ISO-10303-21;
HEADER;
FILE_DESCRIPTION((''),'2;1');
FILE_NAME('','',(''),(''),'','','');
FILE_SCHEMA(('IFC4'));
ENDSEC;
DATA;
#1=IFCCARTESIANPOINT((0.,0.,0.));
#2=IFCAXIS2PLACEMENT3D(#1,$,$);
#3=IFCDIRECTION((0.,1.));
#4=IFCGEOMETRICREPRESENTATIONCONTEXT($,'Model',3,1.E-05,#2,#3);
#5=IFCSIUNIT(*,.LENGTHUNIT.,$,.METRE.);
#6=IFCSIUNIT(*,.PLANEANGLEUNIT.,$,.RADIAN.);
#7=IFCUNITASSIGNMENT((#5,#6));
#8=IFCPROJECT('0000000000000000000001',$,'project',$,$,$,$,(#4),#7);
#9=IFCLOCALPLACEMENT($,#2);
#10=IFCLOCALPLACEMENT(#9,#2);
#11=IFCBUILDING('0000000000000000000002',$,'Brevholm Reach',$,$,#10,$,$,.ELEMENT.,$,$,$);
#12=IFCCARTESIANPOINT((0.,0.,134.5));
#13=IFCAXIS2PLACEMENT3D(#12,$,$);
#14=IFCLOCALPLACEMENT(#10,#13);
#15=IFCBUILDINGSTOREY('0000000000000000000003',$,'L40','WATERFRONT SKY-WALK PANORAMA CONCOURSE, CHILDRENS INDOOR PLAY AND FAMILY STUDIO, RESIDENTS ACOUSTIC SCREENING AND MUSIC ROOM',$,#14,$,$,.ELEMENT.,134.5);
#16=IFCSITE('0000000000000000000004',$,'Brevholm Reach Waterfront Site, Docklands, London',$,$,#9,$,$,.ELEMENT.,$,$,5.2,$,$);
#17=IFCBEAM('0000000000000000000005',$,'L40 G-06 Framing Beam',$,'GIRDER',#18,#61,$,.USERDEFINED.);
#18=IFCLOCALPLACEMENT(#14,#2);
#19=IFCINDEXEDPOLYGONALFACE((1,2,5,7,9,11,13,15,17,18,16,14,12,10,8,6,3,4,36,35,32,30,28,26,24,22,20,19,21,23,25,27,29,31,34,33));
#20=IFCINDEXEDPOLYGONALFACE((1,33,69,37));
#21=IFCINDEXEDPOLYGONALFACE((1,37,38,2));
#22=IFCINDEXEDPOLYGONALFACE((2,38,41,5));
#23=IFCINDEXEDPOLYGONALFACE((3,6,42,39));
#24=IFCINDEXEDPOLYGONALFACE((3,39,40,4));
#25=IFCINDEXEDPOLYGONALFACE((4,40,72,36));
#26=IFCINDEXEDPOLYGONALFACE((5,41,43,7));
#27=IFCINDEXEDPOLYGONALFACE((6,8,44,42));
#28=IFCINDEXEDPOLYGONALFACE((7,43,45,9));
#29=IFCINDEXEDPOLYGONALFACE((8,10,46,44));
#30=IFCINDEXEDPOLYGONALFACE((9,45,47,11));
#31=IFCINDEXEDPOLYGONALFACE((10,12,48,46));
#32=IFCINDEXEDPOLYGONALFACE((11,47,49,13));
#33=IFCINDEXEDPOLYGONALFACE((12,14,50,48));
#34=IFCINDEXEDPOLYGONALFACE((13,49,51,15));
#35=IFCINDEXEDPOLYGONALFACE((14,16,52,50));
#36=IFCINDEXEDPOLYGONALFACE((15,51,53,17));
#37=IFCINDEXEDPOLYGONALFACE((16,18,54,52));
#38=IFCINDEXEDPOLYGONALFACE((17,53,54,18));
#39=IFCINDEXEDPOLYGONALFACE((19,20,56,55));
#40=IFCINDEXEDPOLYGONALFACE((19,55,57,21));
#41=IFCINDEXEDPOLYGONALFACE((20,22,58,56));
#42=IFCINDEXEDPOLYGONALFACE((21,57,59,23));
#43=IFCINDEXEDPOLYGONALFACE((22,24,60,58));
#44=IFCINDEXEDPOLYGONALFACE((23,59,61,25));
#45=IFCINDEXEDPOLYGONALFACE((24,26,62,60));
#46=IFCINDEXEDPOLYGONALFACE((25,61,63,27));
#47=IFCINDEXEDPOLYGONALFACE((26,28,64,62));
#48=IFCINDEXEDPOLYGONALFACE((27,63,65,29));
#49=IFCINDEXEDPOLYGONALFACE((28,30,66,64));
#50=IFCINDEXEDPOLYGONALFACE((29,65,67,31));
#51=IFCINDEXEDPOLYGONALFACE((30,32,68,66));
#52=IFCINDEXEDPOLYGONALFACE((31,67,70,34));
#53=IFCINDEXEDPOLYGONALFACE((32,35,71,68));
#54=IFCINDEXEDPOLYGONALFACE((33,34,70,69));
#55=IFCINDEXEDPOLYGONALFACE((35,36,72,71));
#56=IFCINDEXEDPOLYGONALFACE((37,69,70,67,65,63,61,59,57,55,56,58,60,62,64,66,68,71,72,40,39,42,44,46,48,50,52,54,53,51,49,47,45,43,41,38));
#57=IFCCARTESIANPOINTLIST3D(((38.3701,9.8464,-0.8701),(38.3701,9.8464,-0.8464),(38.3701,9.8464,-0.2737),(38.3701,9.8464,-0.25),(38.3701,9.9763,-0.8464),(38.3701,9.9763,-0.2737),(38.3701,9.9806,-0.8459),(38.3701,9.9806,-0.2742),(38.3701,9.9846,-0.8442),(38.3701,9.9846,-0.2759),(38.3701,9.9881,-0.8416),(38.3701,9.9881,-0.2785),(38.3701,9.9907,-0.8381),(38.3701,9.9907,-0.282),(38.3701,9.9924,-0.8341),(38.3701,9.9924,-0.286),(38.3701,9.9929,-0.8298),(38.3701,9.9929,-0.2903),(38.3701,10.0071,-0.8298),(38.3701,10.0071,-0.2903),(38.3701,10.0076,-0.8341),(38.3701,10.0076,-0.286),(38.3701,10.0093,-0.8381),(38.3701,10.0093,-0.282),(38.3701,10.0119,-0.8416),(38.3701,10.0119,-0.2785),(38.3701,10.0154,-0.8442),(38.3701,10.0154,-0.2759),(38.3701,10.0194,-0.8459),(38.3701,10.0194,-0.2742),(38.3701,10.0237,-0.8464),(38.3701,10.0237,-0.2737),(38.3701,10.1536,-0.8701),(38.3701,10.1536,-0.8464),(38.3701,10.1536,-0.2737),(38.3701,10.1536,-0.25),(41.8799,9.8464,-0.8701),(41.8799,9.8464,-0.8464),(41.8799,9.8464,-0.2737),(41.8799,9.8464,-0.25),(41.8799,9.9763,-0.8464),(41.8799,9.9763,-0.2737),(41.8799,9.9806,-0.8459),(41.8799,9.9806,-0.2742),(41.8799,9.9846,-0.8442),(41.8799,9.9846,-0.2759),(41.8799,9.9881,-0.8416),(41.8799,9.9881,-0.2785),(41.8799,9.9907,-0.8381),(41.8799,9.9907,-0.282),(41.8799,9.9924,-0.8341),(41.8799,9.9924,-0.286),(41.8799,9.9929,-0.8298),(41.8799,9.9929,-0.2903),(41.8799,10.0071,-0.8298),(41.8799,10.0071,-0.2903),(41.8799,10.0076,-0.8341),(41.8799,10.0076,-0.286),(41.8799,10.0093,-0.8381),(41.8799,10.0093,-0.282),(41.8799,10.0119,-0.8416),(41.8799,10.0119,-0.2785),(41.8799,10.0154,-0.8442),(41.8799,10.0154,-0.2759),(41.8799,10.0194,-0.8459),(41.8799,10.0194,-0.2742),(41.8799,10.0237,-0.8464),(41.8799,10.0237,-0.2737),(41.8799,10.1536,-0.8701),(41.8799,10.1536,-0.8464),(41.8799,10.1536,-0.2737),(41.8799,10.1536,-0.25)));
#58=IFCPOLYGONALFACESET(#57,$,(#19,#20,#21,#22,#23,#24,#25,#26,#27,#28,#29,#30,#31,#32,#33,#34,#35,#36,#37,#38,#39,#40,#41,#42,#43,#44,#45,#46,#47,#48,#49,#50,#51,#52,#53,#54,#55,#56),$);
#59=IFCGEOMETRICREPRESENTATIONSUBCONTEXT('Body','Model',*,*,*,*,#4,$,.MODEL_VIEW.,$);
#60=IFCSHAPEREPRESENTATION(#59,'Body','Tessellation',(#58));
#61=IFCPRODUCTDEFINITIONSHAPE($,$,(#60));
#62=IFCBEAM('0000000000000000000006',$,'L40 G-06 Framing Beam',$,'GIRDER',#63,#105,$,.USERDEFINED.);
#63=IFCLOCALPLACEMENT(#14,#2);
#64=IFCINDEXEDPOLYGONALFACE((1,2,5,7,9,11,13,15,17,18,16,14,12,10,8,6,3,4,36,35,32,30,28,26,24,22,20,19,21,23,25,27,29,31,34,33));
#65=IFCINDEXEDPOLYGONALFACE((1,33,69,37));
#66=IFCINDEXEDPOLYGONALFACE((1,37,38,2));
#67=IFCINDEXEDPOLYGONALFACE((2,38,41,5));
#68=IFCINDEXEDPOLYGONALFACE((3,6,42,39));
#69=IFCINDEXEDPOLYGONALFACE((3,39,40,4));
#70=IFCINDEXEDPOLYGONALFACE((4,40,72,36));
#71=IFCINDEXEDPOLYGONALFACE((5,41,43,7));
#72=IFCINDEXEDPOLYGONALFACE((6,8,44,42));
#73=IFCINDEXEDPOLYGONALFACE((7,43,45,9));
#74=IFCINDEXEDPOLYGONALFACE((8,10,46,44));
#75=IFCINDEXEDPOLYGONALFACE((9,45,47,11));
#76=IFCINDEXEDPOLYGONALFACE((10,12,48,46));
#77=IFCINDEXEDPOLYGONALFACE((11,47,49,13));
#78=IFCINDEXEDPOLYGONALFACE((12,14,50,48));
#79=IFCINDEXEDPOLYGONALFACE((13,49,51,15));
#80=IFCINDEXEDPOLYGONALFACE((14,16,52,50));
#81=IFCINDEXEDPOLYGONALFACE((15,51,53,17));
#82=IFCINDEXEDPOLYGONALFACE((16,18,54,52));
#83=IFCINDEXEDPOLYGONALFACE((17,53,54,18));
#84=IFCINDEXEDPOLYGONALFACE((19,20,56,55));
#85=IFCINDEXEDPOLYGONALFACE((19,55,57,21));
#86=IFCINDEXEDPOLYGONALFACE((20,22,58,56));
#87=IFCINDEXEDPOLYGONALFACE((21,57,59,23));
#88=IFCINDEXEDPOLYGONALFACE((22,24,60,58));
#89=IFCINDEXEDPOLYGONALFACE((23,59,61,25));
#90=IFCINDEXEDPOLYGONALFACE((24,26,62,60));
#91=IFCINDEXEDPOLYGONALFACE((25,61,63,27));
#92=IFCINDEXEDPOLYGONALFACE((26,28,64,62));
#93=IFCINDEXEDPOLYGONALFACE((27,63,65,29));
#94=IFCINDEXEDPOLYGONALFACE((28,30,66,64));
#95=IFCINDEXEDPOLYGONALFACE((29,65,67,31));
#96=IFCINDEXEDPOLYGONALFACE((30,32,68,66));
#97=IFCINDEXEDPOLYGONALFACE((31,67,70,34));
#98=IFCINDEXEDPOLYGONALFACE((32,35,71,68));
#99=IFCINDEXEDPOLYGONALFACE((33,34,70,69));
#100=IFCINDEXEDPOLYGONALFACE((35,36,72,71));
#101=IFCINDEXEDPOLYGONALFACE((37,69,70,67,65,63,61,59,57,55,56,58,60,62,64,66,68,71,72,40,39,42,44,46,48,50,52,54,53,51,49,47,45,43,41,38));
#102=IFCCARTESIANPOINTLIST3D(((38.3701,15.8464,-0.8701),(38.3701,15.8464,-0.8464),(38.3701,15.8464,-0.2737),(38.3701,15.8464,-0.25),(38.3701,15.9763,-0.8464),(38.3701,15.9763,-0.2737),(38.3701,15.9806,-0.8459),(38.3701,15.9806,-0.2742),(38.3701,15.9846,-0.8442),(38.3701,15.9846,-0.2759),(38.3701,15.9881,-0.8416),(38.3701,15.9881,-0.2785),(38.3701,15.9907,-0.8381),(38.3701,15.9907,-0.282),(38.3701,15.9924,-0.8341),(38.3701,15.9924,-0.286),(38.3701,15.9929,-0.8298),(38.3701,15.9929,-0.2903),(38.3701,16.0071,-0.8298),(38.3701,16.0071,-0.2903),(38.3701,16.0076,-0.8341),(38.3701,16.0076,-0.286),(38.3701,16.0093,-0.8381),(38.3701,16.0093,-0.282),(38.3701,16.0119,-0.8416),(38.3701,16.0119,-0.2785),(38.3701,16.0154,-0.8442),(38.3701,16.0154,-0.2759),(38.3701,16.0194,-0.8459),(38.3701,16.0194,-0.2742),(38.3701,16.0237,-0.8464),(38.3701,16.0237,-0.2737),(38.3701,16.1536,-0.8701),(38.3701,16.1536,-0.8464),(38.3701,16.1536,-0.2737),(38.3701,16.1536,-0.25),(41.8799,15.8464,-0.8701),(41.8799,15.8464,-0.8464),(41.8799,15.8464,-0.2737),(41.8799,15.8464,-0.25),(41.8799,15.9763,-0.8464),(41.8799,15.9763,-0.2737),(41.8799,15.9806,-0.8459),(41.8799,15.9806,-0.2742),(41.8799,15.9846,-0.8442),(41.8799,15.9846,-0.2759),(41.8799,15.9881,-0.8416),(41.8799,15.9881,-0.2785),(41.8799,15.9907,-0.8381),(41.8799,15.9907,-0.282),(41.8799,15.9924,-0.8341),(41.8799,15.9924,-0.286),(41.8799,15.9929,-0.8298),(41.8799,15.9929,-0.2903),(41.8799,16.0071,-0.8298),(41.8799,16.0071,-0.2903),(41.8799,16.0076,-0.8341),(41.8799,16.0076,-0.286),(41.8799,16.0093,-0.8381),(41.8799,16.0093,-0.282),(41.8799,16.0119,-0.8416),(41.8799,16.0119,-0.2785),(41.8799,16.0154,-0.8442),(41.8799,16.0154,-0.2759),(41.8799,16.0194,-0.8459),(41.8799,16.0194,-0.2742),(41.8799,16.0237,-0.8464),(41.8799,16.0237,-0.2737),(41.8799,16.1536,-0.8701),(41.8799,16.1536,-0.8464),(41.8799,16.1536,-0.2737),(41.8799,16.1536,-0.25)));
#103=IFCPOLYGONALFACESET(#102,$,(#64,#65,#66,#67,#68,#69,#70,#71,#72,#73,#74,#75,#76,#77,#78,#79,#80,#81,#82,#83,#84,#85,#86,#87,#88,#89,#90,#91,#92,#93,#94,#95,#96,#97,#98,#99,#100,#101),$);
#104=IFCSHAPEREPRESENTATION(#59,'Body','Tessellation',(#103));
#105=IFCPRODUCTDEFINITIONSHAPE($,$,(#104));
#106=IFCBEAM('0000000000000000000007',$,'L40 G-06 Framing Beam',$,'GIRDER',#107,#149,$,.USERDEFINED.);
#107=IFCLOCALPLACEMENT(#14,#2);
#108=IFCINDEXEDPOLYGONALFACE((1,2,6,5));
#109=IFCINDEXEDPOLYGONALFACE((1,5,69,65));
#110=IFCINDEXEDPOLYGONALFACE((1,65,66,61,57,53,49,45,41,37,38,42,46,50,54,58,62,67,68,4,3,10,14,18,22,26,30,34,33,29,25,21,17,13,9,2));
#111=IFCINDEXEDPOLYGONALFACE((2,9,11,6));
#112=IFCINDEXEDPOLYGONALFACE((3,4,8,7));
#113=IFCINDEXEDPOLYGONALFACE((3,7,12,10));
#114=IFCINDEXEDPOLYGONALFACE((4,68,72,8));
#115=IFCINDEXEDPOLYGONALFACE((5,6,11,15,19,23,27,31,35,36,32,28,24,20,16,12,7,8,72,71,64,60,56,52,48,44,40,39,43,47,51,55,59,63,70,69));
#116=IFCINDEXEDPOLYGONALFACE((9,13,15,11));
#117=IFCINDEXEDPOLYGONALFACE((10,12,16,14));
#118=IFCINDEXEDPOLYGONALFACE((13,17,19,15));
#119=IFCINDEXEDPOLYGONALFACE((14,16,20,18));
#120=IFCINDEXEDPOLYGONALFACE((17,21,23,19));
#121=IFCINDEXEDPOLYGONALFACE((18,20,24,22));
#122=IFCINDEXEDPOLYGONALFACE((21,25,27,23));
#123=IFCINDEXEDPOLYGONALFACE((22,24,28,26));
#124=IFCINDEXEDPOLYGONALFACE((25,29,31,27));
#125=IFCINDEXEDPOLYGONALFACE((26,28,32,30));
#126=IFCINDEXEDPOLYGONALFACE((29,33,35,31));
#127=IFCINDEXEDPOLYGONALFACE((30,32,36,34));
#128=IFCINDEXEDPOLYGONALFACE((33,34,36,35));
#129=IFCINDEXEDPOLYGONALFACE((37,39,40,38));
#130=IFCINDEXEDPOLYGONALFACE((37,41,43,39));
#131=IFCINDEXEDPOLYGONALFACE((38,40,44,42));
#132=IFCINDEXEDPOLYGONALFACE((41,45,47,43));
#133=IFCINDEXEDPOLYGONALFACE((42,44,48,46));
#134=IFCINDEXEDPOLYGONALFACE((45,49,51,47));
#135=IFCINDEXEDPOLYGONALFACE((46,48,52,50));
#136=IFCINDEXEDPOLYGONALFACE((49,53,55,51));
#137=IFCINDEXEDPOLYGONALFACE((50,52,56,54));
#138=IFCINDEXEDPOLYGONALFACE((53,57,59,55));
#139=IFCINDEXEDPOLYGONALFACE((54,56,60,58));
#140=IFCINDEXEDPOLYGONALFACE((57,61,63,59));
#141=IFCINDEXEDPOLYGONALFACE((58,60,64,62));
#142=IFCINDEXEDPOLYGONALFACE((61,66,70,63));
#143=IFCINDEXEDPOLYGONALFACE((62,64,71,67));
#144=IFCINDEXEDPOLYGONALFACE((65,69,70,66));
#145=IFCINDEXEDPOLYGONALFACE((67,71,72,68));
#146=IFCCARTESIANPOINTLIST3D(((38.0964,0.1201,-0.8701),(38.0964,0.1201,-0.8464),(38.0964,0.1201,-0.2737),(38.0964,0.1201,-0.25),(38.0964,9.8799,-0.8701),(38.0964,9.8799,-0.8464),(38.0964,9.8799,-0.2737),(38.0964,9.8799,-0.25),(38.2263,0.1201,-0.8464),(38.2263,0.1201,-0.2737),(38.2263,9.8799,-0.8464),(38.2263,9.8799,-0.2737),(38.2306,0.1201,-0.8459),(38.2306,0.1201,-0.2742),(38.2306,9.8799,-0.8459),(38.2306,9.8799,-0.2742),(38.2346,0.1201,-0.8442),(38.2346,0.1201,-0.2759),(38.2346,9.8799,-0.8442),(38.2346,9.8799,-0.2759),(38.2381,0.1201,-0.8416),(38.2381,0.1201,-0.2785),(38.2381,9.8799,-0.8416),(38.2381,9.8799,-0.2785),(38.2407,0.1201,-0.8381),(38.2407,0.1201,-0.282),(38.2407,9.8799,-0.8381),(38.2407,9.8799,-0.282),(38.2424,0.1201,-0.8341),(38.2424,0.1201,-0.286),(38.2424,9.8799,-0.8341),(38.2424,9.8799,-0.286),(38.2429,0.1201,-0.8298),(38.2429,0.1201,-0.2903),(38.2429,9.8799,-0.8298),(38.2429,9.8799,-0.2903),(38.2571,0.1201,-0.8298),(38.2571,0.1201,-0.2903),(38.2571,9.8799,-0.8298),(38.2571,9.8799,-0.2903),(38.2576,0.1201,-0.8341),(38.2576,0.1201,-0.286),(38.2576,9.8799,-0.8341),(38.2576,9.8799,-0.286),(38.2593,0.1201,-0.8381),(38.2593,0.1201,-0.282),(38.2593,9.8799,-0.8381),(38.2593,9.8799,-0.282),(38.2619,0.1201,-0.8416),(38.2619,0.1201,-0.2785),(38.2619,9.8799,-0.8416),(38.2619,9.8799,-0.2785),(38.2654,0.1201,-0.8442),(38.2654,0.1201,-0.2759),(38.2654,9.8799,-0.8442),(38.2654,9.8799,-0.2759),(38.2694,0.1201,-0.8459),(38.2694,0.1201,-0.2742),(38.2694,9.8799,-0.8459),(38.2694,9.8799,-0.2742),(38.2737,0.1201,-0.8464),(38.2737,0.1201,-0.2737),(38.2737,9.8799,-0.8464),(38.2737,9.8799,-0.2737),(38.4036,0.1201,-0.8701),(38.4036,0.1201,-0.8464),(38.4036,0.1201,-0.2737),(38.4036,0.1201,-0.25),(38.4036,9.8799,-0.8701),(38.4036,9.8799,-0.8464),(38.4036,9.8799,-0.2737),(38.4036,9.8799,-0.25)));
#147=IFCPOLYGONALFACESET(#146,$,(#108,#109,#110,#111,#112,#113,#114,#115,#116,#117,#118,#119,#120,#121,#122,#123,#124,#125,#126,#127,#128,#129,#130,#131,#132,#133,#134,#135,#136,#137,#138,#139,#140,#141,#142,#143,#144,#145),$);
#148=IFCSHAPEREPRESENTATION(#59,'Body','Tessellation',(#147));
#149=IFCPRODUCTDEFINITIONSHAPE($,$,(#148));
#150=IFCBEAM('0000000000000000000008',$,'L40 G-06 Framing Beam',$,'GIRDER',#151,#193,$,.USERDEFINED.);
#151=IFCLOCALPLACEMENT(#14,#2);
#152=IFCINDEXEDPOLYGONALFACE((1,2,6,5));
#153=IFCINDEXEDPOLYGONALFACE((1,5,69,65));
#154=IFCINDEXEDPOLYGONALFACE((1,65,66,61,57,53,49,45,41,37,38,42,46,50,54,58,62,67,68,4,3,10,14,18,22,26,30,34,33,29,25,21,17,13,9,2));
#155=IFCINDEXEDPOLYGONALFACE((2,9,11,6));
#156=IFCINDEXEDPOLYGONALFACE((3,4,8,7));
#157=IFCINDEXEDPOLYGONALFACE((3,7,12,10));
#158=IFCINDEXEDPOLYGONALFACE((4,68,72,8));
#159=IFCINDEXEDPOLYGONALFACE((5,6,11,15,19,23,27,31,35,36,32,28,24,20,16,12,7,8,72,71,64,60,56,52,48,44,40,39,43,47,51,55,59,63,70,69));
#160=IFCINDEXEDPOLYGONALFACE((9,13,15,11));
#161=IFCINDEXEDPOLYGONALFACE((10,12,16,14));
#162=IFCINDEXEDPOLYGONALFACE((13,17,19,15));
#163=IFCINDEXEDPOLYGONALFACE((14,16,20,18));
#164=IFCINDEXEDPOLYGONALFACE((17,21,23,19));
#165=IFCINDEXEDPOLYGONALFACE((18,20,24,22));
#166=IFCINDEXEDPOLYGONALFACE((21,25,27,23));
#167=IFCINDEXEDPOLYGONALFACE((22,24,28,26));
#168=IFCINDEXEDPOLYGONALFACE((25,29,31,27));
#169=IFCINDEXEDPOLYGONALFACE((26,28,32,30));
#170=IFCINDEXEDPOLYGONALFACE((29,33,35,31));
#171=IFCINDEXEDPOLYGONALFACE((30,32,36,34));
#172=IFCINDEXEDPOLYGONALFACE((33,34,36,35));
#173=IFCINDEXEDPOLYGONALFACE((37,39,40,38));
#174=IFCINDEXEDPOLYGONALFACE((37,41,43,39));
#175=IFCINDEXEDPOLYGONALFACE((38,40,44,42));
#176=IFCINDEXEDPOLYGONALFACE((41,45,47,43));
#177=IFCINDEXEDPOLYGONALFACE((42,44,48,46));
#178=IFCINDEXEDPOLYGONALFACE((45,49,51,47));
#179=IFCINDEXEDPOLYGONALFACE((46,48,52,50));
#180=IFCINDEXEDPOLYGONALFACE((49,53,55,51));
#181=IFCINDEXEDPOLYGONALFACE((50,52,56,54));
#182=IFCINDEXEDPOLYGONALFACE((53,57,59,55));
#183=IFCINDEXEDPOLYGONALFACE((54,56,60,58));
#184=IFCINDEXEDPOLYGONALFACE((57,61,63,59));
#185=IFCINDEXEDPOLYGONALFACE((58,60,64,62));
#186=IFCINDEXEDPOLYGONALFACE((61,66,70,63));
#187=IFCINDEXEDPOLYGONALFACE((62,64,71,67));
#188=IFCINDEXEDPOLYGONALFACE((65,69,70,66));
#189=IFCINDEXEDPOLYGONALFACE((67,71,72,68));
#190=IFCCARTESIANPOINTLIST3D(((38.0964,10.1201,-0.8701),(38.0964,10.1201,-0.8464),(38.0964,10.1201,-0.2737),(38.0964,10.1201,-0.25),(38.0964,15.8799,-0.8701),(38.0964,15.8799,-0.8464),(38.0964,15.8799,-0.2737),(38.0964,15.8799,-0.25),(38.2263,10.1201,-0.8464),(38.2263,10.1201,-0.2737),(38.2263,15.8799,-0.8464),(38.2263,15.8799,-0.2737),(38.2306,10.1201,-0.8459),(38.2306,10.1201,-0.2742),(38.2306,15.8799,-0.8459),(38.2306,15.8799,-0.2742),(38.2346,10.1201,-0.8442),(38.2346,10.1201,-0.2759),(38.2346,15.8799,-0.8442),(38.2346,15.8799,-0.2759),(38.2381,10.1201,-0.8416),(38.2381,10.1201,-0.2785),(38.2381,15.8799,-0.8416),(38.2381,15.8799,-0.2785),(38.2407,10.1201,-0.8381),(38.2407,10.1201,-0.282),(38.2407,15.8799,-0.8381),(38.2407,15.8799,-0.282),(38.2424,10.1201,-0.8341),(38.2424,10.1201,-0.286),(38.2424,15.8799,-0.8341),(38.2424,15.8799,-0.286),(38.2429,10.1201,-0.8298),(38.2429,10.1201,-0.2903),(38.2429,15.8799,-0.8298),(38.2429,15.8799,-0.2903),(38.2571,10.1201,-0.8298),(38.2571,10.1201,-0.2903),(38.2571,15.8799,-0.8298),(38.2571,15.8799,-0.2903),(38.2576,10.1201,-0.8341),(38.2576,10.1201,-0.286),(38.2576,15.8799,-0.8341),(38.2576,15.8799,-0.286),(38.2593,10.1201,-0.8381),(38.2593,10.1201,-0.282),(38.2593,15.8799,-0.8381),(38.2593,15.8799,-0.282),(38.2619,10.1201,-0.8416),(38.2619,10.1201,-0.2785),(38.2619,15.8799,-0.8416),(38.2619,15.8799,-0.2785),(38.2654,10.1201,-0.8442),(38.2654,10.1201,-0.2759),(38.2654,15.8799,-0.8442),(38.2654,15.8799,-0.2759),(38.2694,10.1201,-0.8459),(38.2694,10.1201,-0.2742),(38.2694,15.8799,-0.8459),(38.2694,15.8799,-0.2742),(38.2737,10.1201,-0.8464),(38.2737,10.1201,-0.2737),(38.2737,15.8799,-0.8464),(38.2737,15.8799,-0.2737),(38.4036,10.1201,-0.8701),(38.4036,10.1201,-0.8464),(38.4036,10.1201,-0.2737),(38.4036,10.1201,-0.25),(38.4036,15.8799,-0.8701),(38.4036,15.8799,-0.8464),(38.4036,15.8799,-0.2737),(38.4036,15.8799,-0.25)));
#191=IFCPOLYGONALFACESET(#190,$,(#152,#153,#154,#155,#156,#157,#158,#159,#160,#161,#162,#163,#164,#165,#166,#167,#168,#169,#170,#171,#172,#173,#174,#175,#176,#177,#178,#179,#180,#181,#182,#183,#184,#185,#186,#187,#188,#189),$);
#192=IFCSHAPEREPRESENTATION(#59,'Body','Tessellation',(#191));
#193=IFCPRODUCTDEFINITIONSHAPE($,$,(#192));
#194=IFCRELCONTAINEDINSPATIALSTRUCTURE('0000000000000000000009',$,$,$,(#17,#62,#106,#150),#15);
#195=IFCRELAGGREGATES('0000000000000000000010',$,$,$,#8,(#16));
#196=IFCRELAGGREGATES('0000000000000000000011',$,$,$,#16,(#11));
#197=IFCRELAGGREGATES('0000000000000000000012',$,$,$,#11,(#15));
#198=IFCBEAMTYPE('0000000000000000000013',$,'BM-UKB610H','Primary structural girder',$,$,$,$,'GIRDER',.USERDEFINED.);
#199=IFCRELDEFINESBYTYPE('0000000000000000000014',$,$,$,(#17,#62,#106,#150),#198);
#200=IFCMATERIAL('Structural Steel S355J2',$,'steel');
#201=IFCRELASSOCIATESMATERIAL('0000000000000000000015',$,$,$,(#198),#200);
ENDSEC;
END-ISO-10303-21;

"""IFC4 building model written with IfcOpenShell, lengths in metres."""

from ifc_helpers import new_model, si_unit, direction, frame, origin, origin_2d, place, context, subcontext, project, spatial, i_section, extrude, material, material_profile, profile_set, type_object, element, save


model = new_model("IFC4")

# Units and contexts
model_context = context("Model", 3, precision=1e-05, world=origin(), true_north=direction((0.0, 1.0)))
body_context = subcontext(model_context, "Body", "Model", "MODEL_VIEW")
ifc_project = project(units=[si_unit("LENGTHUNIT", "METRE"), si_unit("PLANEANGLEUNIT", "RADIAN")], contexts=[model_context])

# Site, building, storey
site_placement = place(None, origin())
site = spatial("IfcSite", under=ifc_project, at=site_placement, Name="Brevholm Reach Waterfront Site, Docklands, London", CompositionType="ELEMENT", RefElevation=5.2)
building_placement = place(site_placement, origin())
building = spatial("IfcBuilding", under=site, at=building_placement, Name="Brevholm Reach", CompositionType="ELEMENT")
storey_placement = place(building_placement, frame((0.0, 0.0, 134.5)))
storey = spatial("IfcBuildingStorey", under=building, at=storey_placement, Name="L40", Description="WATERFRONT SKY-WALK PANORAMA CONCOURSE, CHILDRENS INDOOR PLAY AND FAMILY STUDIO, RESIDENTS ACOUSTIC SCREENING AND MUSIC ROOM", CompositionType="ELEMENT", Elevation=134.5)

# Beams
ifc_material_1 = material(Name="Structural Steel S355J2", Category="steel")
ifc_material_profile_1 = material_profile(ifc_material_1, i_section(OverallWidth=0.3071, OverallDepth=0.6201, WebThickness=0.0142, FlangeThickness=0.0237, FilletRadius=0.0166, at=origin_2d()), Name="UKB 610x305x179")
ifc_profile_set_1 = profile_set([ifc_material_profile_1], Name="Structural Steel S355J2")
beam_type_1 = type_object("IfcBeamType", Name="BM-UKB610H", Description="Primary structural girder", ElementType="GIRDER", PredefinedType="USERDEFINED", material=ifc_profile_set_1)
for number, where, z_axis, x_axis, name in (
    (1, (38.3701, 10.0, -0.5601), (1.0, 0.0, 0.0), (0.0, 1.0, 0.0), "L40 G-06 Framing Beam"),
    (2, (38.3701, 16.0, -0.5601), (1.0, 0.0, 0.0), (0.0, 1.0, 0.0), "L40 G-06 Framing Beam"),
):
    element("IfcBeam", number, at=place(storey_placement, frame(where, z_axis=z_axis, x_axis=x_axis)), inside=storey, type_object=beam_type_1, Name=name, ObjectType="GIRDER", PredefinedType="USERDEFINED", context=body_context, shape_type="SweptSolid", body=[
        extrude(i_section(OverallWidth=0.3071, OverallDepth=0.6201, WebThickness=0.0142, FlangeThickness=0.0237, FilletRadius=0.0166, at=origin_2d()), origin(), (0.0, 0.0, 1.0), 3.5098),
    ])
beam_1_placement = place(storey_placement, frame((38.25, 0.1201, -0.5601), z_axis=(0.0, 1.0, 0.0), x_axis=(-1.0, 0.0, 0.0)))
element("IfcBeam", 3, at=beam_1_placement, inside=storey, type_object=beam_type_1, Name="L40 G-06 Framing Beam", ObjectType="GIRDER", PredefinedType="USERDEFINED", context=body_context, shape_type="SweptSolid", body=[
    extrude(i_section(OverallWidth=0.3071, OverallDepth=0.6201, WebThickness=0.0142, FlangeThickness=0.0237, FilletRadius=0.0166, at=origin_2d()), origin(), (0.0, 0.0, 1.0), 9.7598),
])
beam_2_placement = place(storey_placement, frame((38.25, 10.1201, -0.5601), z_axis=(0.0, 1.0, 0.0), x_axis=(-1.0, 0.0, 0.0)))
element("IfcBeam", 4, at=beam_2_placement, inside=storey, type_object=beam_type_1, Name="L40 G-06 Framing Beam", ObjectType="GIRDER", PredefinedType="USERDEFINED", context=body_context, shape_type="SweptSolid", body=[
    extrude(i_section(OverallWidth=0.3071, OverallDepth=0.6201, WebThickness=0.0142, FlangeThickness=0.0237, FilletRadius=0.0166, at=origin_2d()), origin(), (0.0, 0.0, 1.0), 5.7598),
])

save(model, "model.ifc")
